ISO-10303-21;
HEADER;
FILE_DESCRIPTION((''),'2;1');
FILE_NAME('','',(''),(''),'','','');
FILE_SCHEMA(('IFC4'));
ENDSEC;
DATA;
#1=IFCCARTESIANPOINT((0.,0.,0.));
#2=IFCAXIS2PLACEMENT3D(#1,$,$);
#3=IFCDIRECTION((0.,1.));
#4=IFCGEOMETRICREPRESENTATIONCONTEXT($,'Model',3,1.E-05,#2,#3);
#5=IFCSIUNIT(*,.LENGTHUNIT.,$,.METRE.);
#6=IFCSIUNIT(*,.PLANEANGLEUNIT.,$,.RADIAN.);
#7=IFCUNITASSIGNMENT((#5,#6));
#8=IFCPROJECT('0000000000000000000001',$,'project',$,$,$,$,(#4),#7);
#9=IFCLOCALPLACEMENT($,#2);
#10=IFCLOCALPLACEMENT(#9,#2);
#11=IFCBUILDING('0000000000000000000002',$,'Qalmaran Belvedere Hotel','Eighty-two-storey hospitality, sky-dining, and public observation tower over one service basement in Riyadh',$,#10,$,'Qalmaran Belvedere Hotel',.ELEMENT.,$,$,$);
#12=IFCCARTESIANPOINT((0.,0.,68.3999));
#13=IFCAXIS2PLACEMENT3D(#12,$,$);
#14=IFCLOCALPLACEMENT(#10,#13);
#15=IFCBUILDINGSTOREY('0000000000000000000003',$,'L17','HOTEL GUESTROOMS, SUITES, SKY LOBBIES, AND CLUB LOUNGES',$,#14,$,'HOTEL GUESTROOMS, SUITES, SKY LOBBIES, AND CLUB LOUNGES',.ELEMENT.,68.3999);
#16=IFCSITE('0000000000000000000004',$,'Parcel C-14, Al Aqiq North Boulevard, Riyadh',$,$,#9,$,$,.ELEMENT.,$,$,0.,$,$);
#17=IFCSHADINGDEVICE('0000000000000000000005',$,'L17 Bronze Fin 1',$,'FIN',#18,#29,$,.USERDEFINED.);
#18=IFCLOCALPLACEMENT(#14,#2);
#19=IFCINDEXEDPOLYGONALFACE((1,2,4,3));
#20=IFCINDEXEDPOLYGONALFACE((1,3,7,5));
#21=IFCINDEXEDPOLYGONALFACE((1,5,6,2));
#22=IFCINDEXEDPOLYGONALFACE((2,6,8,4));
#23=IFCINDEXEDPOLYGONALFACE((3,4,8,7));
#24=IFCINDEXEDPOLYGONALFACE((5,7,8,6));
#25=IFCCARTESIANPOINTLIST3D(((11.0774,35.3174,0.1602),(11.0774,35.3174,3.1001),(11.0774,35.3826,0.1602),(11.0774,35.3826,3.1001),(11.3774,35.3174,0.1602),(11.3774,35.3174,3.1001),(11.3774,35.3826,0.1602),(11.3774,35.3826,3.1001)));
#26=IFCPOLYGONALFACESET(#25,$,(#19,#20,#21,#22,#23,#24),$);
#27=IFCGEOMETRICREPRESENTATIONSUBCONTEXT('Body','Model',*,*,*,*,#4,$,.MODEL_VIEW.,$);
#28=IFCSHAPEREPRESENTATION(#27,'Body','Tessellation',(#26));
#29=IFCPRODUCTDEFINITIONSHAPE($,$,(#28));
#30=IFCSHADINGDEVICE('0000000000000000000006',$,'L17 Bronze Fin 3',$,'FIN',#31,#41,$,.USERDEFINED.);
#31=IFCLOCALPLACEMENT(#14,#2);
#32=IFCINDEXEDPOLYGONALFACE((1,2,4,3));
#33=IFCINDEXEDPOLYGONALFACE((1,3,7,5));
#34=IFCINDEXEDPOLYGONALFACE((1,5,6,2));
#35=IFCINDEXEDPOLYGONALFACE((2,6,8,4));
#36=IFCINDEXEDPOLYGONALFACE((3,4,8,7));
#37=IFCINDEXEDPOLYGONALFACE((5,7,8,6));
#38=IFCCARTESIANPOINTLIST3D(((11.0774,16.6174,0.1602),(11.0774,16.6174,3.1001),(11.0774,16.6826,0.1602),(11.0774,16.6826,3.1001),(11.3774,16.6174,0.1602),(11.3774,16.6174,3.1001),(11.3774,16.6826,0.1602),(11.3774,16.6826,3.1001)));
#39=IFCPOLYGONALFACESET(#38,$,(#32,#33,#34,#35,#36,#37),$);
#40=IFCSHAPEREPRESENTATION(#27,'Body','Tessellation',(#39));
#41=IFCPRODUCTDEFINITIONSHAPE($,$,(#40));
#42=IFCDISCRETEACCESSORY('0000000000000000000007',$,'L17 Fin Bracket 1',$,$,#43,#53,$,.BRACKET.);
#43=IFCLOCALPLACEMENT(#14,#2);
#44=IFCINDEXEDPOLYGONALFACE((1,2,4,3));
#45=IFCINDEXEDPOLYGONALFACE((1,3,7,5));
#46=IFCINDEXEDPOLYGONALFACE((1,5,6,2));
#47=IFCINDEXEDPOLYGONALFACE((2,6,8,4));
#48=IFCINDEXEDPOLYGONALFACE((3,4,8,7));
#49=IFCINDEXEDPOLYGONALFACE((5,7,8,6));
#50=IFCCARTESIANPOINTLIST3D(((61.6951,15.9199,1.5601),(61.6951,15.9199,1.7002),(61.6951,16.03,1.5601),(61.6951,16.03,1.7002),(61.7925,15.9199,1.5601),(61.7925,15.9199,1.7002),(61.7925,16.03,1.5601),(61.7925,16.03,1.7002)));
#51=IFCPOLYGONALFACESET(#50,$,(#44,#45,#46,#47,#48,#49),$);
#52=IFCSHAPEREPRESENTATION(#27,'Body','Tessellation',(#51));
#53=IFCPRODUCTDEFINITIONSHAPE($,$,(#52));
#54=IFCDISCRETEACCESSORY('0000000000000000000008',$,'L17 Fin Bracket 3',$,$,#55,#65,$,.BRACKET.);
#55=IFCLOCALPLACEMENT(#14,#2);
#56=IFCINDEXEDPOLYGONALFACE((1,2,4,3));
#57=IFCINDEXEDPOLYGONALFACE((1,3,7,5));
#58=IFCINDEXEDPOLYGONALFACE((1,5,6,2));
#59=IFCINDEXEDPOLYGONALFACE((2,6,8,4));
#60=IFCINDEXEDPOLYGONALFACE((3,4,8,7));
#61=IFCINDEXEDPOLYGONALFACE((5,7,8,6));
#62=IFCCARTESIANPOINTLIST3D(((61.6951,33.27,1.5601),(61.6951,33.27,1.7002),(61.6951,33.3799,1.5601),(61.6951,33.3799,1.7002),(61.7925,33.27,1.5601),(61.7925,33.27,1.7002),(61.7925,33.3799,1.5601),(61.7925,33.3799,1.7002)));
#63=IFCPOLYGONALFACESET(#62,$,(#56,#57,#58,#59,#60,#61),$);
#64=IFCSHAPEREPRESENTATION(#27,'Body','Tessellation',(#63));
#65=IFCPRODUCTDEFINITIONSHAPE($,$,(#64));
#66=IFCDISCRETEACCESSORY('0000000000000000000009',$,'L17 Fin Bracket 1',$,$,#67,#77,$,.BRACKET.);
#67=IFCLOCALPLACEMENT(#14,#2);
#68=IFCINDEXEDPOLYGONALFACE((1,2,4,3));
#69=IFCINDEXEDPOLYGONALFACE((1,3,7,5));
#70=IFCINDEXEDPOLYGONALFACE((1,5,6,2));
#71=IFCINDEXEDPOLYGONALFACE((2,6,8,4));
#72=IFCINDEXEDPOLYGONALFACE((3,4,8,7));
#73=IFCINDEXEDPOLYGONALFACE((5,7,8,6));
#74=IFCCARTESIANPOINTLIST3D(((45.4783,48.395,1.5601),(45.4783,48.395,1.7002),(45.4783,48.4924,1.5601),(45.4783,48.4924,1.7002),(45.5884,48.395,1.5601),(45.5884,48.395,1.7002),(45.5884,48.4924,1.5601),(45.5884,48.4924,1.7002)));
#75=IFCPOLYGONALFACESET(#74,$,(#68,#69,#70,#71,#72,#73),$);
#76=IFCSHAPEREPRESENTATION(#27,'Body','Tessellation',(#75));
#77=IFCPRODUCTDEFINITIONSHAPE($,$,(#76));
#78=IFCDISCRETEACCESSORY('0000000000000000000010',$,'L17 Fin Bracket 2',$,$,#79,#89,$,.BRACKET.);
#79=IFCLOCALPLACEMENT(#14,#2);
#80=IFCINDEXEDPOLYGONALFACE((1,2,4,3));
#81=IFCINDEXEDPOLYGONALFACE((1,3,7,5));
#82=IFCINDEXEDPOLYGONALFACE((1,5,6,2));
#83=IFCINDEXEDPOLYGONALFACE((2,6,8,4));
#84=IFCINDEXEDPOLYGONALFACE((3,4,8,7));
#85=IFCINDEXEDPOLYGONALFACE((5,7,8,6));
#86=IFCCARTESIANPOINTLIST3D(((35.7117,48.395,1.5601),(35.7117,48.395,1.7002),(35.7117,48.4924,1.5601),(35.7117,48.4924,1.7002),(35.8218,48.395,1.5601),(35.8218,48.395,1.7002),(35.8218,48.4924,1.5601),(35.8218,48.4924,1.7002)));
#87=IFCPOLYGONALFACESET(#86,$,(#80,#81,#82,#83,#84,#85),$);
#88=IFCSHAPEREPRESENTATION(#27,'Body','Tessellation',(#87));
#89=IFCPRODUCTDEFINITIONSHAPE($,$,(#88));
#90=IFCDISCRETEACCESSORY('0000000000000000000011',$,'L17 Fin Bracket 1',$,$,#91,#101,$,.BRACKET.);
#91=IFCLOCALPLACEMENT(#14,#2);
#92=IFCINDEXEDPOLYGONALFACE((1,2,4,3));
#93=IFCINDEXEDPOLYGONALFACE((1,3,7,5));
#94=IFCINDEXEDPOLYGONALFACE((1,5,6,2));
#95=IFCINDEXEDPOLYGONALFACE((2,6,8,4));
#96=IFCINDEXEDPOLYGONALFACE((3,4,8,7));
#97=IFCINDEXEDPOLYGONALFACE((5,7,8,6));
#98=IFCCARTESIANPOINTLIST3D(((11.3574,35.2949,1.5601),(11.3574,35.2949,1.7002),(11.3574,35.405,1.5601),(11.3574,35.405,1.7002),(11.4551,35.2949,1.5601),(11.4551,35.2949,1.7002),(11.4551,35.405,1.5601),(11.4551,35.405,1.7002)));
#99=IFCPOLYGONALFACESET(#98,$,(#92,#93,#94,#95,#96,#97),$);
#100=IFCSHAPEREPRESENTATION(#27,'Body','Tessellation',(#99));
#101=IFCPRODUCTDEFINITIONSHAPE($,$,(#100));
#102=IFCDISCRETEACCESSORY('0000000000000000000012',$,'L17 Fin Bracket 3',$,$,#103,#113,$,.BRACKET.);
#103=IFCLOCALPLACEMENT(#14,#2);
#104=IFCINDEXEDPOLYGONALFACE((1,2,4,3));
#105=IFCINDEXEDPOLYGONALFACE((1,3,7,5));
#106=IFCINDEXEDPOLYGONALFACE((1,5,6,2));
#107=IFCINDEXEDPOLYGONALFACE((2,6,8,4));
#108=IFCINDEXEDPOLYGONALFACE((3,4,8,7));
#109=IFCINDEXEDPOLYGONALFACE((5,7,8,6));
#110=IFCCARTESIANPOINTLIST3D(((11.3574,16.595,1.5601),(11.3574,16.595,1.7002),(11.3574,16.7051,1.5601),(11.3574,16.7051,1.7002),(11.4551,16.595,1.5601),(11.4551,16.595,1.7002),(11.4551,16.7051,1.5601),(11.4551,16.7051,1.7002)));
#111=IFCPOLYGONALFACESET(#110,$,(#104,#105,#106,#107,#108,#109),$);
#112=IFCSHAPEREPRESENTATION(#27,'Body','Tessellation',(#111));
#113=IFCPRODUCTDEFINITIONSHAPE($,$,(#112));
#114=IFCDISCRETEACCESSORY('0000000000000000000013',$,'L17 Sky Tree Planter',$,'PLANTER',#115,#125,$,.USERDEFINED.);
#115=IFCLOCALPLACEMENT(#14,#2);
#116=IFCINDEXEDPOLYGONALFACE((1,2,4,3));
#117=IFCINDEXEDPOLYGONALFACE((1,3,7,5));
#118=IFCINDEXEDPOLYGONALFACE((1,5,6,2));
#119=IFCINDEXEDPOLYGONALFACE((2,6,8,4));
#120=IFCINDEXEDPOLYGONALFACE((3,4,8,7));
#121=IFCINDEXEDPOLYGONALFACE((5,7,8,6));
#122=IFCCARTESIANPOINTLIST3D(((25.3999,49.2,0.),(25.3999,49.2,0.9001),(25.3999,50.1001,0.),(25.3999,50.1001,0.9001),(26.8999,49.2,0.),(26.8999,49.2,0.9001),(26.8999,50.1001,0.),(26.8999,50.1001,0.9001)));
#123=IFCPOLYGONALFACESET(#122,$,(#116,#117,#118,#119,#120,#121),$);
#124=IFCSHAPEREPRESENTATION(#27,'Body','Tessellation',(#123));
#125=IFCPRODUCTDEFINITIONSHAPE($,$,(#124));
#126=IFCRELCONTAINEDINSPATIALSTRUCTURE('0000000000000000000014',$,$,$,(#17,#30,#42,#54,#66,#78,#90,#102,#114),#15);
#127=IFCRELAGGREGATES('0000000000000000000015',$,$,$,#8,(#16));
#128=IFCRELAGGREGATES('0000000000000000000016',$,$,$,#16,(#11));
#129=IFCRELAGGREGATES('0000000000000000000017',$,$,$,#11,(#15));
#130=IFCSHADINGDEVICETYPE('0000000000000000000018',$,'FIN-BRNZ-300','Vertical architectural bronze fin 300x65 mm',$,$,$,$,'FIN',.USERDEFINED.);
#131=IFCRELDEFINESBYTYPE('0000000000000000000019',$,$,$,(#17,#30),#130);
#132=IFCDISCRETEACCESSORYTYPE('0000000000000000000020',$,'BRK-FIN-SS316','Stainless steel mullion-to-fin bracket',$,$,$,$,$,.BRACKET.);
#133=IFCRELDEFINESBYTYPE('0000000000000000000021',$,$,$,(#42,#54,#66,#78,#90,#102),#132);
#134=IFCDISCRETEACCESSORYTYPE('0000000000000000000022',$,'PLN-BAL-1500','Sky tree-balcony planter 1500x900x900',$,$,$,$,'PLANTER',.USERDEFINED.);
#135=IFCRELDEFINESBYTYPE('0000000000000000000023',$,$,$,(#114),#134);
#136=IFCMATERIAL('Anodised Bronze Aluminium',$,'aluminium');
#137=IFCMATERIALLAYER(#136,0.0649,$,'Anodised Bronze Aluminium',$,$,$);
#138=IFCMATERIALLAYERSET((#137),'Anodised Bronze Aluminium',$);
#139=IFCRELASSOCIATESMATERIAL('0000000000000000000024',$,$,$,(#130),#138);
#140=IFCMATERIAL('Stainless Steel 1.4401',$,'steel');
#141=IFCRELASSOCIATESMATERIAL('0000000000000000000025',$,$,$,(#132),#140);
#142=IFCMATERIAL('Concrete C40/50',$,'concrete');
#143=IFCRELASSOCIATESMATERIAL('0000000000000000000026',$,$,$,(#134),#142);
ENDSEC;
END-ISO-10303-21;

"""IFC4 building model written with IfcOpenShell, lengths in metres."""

from ifc_helpers import new_model, si_unit, direction, frame, origin, place, context, subcontext, project, spatial, polyline, outline, extrude, material, layer, layer_set, type_object, element, save


model = new_model("IFC4")

# Units and contexts
model_context = context("Model", 3, precision=1e-05, world=origin(), true_north=direction((0.0, 1.0)))
body_context = subcontext(model_context, "Body", "Model", "MODEL_VIEW")
ifc_project = project(units=[si_unit("LENGTHUNIT", "METRE"), si_unit("PLANEANGLEUNIT", "RADIAN")], contexts=[model_context])

# Site, building, storey
site_placement = place(None, origin())
site = spatial("IfcSite", under=ifc_project, at=site_placement, Name="Parcel C-14, Al Aqiq North Boulevard, Riyadh", CompositionType="ELEMENT", RefElevation=0.0)
building_placement = place(site_placement, origin())
building = spatial("IfcBuilding", under=site, at=building_placement, Name="Qalmaran Belvedere Hotel", Description="Eighty-two-storey hospitality, sky-dining, and public observation tower over one service basement in Riyadh", LongName="Qalmaran Belvedere Hotel", CompositionType="ELEMENT")
storey_placement = place(building_placement, frame((0.0, 0.0, 68.3999)))
storey = spatial("IfcBuildingStorey", under=building, at=storey_placement, Name="L17", Description="HOTEL GUESTROOMS, SUITES, SKY LOBBIES, AND CLUB LOUNGES", LongName="HOTEL GUESTROOMS, SUITES, SKY LOBBIES, AND CLUB LOUNGES", CompositionType="ELEMENT", Elevation=68.3999)

# Shared definitions
ifc_material_1 = material(Name="Anodised Bronze Aluminium", Category="aluminium")

# Shared definitions
ifc_material_2 = material(Name="Concrete C40/50", Category="concrete")

# Shading devices
ifc_layer_1 = layer(ifc_material_1, 0.0649, Name="Anodised Bronze Aluminium")
ifc_layer_set_1 = layer_set([ifc_layer_1], Name="Anodised Bronze Aluminium")
shading_device_type = type_object("IfcShadingDeviceType", Name="FIN-BRNZ-300", Description="Vertical architectural bronze fin 300x65 mm", ElementType="FIN", PredefinedType="USERDEFINED", material=ifc_layer_set_1)
shading_device_1_placement = place(storey_placement, frame((0.0, 0.0, 0.1602)))
element("IfcShadingDevice", 1, at=shading_device_1_placement, inside=storey, type_object=shading_device_type, Name="L17 Bronze Fin 1", ObjectType="FIN", PredefinedType="USERDEFINED", context=body_context, shape_type="SweptSolid", body=[
    extrude(outline(polyline([(11.3774, 35.3826), (11.0774, 35.3826), (11.0774, 35.3174), (11.3774, 35.3174), (11.3774, 35.3826)])), origin(), (0.0, 0.0, 1.0), 2.9399),
])
shading_device_2_placement = place(storey_placement, frame((0.0, 0.0, 0.1602)))
element("IfcShadingDevice", 2, at=shading_device_2_placement, inside=storey, type_object=shading_device_type, Name="L17 Bronze Fin 3", ObjectType="FIN", PredefinedType="USERDEFINED", context=body_context, shape_type="SweptSolid", body=[
    extrude(outline(polyline([(11.3774, 16.6826), (11.0774, 16.6826), (11.0774, 16.6174), (11.3774, 16.6174), (11.3774, 16.6826)])), origin(), (0.0, 0.0, 1.0), 2.9399),
])

# Discrete accessories
ifc_material_3 = material(Name="Stainless Steel 1.4401", Category="steel")
discrete_accessory_type_1 = type_object("IfcDiscreteAccessoryType", Name="BRK-FIN-SS316", Description="Stainless steel mullion-to-fin bracket", PredefinedType="BRACKET", material=ifc_material_3)
discrete_accessory_1_placement = place(storey_placement, frame((0.0, 0.0, 1.5601)))
element("IfcDiscreteAccessory", 3, at=discrete_accessory_1_placement, inside=storey, type_object=discrete_accessory_type_1, Name="L17 Fin Bracket 1", PredefinedType="BRACKET", context=body_context, shape_type="SweptSolid", body=[
    extrude(outline(polyline([(61.6951, 15.9199), (61.7925, 15.9199), (61.7925, 16.03), (61.6951, 16.03), (61.6951, 15.9199)])), origin(), (0.0, 0.0, 1.0), 0.1401),
])
discrete_accessory_2_placement = place(storey_placement, frame((0.0, 0.0, 1.5601)))
element("IfcDiscreteAccessory", 4, at=discrete_accessory_2_placement, inside=storey, type_object=discrete_accessory_type_1, Name="L17 Fin Bracket 3", PredefinedType="BRACKET", context=body_context, shape_type="SweptSolid", body=[
    extrude(outline(polyline([(61.6951, 33.27), (61.7925, 33.27), (61.7925, 33.3799), (61.6951, 33.3799), (61.6951, 33.27)])), origin(), (0.0, 0.0, 1.0), 0.1401),
])
discrete_accessory_3_placement = place(storey_placement, frame((0.0, 0.0, 1.5601)))
element("IfcDiscreteAccessory", 5, at=discrete_accessory_3_placement, inside=storey, type_object=discrete_accessory_type_1, Name="L17 Fin Bracket 1", PredefinedType="BRACKET", context=body_context, shape_type="SweptSolid", body=[
    extrude(outline(polyline([(45.5884, 48.395), (45.5884, 48.4924), (45.4783, 48.4924), (45.4783, 48.395), (45.5884, 48.395)])), origin(), (0.0, 0.0, 1.0), 0.1401),
])
discrete_accessory_4_placement = place(storey_placement, frame((0.0, 0.0, 1.5601)))
element("IfcDiscreteAccessory", 6, at=discrete_accessory_4_placement, inside=storey, type_object=discrete_accessory_type_1, Name="L17 Fin Bracket 2", PredefinedType="BRACKET", context=body_context, shape_type="SweptSolid", body=[
    extrude(outline(polyline([(35.8218, 48.395), (35.8218, 48.4924), (35.7117, 48.4924), (35.7117, 48.395), (35.8218, 48.395)])), origin(), (0.0, 0.0, 1.0), 0.1401),
])
discrete_accessory_5_placement = place(storey_placement, frame((0.0, 0.0, 1.5601)))
element("IfcDiscreteAccessory", 7, at=discrete_accessory_5_placement, inside=storey, type_object=discrete_accessory_type_1, Name="L17 Fin Bracket 1", PredefinedType="BRACKET", context=body_context, shape_type="SweptSolid", body=[
    extrude(outline(polyline([(11.4551, 35.405), (11.3574, 35.405), (11.3574, 35.2949), (11.4551, 35.2949), (11.4551, 35.405)])), origin(), (0.0, 0.0, 1.0), 0.1401),
])
discrete_accessory_6_placement = place(storey_placement, frame((0.0, 0.0, 1.5601)))
element("IfcDiscreteAccessory", 8, at=discrete_accessory_6_placement, inside=storey, type_object=discrete_accessory_type_1, Name="L17 Fin Bracket 3", PredefinedType="BRACKET", context=body_context, shape_type="SweptSolid", body=[
    extrude(outline(polyline([(11.4551, 16.7051), (11.3574, 16.7051), (11.3574, 16.595), (11.4551, 16.595), (11.4551, 16.7051)])), origin(), (0.0, 0.0, 1.0), 0.1401),
])
discrete_accessory_type_2 = type_object("IfcDiscreteAccessoryType", Name="PLN-BAL-1500", Description="Sky tree-balcony planter 1500x900x900", ElementType="PLANTER", PredefinedType="USERDEFINED", material=ifc_material_2)
discrete_accessory_7_placement = place(storey_placement, origin())
element("IfcDiscreteAccessory", 9, at=discrete_accessory_7_placement, inside=storey, type_object=discrete_accessory_type_2, Name="L17 Sky Tree Planter", ObjectType="PLANTER", PredefinedType="USERDEFINED", context=body_context, shape_type="SweptSolid", body=[
    extrude(outline(polyline([(25.3999, 49.2), (26.8999, 49.2), (26.8999, 50.1001), (25.3999, 50.1001), (25.3999, 49.2)])), origin(), (0.0, 0.0, 1.0), 0.9001),
])

save(model, "model.ifc")
